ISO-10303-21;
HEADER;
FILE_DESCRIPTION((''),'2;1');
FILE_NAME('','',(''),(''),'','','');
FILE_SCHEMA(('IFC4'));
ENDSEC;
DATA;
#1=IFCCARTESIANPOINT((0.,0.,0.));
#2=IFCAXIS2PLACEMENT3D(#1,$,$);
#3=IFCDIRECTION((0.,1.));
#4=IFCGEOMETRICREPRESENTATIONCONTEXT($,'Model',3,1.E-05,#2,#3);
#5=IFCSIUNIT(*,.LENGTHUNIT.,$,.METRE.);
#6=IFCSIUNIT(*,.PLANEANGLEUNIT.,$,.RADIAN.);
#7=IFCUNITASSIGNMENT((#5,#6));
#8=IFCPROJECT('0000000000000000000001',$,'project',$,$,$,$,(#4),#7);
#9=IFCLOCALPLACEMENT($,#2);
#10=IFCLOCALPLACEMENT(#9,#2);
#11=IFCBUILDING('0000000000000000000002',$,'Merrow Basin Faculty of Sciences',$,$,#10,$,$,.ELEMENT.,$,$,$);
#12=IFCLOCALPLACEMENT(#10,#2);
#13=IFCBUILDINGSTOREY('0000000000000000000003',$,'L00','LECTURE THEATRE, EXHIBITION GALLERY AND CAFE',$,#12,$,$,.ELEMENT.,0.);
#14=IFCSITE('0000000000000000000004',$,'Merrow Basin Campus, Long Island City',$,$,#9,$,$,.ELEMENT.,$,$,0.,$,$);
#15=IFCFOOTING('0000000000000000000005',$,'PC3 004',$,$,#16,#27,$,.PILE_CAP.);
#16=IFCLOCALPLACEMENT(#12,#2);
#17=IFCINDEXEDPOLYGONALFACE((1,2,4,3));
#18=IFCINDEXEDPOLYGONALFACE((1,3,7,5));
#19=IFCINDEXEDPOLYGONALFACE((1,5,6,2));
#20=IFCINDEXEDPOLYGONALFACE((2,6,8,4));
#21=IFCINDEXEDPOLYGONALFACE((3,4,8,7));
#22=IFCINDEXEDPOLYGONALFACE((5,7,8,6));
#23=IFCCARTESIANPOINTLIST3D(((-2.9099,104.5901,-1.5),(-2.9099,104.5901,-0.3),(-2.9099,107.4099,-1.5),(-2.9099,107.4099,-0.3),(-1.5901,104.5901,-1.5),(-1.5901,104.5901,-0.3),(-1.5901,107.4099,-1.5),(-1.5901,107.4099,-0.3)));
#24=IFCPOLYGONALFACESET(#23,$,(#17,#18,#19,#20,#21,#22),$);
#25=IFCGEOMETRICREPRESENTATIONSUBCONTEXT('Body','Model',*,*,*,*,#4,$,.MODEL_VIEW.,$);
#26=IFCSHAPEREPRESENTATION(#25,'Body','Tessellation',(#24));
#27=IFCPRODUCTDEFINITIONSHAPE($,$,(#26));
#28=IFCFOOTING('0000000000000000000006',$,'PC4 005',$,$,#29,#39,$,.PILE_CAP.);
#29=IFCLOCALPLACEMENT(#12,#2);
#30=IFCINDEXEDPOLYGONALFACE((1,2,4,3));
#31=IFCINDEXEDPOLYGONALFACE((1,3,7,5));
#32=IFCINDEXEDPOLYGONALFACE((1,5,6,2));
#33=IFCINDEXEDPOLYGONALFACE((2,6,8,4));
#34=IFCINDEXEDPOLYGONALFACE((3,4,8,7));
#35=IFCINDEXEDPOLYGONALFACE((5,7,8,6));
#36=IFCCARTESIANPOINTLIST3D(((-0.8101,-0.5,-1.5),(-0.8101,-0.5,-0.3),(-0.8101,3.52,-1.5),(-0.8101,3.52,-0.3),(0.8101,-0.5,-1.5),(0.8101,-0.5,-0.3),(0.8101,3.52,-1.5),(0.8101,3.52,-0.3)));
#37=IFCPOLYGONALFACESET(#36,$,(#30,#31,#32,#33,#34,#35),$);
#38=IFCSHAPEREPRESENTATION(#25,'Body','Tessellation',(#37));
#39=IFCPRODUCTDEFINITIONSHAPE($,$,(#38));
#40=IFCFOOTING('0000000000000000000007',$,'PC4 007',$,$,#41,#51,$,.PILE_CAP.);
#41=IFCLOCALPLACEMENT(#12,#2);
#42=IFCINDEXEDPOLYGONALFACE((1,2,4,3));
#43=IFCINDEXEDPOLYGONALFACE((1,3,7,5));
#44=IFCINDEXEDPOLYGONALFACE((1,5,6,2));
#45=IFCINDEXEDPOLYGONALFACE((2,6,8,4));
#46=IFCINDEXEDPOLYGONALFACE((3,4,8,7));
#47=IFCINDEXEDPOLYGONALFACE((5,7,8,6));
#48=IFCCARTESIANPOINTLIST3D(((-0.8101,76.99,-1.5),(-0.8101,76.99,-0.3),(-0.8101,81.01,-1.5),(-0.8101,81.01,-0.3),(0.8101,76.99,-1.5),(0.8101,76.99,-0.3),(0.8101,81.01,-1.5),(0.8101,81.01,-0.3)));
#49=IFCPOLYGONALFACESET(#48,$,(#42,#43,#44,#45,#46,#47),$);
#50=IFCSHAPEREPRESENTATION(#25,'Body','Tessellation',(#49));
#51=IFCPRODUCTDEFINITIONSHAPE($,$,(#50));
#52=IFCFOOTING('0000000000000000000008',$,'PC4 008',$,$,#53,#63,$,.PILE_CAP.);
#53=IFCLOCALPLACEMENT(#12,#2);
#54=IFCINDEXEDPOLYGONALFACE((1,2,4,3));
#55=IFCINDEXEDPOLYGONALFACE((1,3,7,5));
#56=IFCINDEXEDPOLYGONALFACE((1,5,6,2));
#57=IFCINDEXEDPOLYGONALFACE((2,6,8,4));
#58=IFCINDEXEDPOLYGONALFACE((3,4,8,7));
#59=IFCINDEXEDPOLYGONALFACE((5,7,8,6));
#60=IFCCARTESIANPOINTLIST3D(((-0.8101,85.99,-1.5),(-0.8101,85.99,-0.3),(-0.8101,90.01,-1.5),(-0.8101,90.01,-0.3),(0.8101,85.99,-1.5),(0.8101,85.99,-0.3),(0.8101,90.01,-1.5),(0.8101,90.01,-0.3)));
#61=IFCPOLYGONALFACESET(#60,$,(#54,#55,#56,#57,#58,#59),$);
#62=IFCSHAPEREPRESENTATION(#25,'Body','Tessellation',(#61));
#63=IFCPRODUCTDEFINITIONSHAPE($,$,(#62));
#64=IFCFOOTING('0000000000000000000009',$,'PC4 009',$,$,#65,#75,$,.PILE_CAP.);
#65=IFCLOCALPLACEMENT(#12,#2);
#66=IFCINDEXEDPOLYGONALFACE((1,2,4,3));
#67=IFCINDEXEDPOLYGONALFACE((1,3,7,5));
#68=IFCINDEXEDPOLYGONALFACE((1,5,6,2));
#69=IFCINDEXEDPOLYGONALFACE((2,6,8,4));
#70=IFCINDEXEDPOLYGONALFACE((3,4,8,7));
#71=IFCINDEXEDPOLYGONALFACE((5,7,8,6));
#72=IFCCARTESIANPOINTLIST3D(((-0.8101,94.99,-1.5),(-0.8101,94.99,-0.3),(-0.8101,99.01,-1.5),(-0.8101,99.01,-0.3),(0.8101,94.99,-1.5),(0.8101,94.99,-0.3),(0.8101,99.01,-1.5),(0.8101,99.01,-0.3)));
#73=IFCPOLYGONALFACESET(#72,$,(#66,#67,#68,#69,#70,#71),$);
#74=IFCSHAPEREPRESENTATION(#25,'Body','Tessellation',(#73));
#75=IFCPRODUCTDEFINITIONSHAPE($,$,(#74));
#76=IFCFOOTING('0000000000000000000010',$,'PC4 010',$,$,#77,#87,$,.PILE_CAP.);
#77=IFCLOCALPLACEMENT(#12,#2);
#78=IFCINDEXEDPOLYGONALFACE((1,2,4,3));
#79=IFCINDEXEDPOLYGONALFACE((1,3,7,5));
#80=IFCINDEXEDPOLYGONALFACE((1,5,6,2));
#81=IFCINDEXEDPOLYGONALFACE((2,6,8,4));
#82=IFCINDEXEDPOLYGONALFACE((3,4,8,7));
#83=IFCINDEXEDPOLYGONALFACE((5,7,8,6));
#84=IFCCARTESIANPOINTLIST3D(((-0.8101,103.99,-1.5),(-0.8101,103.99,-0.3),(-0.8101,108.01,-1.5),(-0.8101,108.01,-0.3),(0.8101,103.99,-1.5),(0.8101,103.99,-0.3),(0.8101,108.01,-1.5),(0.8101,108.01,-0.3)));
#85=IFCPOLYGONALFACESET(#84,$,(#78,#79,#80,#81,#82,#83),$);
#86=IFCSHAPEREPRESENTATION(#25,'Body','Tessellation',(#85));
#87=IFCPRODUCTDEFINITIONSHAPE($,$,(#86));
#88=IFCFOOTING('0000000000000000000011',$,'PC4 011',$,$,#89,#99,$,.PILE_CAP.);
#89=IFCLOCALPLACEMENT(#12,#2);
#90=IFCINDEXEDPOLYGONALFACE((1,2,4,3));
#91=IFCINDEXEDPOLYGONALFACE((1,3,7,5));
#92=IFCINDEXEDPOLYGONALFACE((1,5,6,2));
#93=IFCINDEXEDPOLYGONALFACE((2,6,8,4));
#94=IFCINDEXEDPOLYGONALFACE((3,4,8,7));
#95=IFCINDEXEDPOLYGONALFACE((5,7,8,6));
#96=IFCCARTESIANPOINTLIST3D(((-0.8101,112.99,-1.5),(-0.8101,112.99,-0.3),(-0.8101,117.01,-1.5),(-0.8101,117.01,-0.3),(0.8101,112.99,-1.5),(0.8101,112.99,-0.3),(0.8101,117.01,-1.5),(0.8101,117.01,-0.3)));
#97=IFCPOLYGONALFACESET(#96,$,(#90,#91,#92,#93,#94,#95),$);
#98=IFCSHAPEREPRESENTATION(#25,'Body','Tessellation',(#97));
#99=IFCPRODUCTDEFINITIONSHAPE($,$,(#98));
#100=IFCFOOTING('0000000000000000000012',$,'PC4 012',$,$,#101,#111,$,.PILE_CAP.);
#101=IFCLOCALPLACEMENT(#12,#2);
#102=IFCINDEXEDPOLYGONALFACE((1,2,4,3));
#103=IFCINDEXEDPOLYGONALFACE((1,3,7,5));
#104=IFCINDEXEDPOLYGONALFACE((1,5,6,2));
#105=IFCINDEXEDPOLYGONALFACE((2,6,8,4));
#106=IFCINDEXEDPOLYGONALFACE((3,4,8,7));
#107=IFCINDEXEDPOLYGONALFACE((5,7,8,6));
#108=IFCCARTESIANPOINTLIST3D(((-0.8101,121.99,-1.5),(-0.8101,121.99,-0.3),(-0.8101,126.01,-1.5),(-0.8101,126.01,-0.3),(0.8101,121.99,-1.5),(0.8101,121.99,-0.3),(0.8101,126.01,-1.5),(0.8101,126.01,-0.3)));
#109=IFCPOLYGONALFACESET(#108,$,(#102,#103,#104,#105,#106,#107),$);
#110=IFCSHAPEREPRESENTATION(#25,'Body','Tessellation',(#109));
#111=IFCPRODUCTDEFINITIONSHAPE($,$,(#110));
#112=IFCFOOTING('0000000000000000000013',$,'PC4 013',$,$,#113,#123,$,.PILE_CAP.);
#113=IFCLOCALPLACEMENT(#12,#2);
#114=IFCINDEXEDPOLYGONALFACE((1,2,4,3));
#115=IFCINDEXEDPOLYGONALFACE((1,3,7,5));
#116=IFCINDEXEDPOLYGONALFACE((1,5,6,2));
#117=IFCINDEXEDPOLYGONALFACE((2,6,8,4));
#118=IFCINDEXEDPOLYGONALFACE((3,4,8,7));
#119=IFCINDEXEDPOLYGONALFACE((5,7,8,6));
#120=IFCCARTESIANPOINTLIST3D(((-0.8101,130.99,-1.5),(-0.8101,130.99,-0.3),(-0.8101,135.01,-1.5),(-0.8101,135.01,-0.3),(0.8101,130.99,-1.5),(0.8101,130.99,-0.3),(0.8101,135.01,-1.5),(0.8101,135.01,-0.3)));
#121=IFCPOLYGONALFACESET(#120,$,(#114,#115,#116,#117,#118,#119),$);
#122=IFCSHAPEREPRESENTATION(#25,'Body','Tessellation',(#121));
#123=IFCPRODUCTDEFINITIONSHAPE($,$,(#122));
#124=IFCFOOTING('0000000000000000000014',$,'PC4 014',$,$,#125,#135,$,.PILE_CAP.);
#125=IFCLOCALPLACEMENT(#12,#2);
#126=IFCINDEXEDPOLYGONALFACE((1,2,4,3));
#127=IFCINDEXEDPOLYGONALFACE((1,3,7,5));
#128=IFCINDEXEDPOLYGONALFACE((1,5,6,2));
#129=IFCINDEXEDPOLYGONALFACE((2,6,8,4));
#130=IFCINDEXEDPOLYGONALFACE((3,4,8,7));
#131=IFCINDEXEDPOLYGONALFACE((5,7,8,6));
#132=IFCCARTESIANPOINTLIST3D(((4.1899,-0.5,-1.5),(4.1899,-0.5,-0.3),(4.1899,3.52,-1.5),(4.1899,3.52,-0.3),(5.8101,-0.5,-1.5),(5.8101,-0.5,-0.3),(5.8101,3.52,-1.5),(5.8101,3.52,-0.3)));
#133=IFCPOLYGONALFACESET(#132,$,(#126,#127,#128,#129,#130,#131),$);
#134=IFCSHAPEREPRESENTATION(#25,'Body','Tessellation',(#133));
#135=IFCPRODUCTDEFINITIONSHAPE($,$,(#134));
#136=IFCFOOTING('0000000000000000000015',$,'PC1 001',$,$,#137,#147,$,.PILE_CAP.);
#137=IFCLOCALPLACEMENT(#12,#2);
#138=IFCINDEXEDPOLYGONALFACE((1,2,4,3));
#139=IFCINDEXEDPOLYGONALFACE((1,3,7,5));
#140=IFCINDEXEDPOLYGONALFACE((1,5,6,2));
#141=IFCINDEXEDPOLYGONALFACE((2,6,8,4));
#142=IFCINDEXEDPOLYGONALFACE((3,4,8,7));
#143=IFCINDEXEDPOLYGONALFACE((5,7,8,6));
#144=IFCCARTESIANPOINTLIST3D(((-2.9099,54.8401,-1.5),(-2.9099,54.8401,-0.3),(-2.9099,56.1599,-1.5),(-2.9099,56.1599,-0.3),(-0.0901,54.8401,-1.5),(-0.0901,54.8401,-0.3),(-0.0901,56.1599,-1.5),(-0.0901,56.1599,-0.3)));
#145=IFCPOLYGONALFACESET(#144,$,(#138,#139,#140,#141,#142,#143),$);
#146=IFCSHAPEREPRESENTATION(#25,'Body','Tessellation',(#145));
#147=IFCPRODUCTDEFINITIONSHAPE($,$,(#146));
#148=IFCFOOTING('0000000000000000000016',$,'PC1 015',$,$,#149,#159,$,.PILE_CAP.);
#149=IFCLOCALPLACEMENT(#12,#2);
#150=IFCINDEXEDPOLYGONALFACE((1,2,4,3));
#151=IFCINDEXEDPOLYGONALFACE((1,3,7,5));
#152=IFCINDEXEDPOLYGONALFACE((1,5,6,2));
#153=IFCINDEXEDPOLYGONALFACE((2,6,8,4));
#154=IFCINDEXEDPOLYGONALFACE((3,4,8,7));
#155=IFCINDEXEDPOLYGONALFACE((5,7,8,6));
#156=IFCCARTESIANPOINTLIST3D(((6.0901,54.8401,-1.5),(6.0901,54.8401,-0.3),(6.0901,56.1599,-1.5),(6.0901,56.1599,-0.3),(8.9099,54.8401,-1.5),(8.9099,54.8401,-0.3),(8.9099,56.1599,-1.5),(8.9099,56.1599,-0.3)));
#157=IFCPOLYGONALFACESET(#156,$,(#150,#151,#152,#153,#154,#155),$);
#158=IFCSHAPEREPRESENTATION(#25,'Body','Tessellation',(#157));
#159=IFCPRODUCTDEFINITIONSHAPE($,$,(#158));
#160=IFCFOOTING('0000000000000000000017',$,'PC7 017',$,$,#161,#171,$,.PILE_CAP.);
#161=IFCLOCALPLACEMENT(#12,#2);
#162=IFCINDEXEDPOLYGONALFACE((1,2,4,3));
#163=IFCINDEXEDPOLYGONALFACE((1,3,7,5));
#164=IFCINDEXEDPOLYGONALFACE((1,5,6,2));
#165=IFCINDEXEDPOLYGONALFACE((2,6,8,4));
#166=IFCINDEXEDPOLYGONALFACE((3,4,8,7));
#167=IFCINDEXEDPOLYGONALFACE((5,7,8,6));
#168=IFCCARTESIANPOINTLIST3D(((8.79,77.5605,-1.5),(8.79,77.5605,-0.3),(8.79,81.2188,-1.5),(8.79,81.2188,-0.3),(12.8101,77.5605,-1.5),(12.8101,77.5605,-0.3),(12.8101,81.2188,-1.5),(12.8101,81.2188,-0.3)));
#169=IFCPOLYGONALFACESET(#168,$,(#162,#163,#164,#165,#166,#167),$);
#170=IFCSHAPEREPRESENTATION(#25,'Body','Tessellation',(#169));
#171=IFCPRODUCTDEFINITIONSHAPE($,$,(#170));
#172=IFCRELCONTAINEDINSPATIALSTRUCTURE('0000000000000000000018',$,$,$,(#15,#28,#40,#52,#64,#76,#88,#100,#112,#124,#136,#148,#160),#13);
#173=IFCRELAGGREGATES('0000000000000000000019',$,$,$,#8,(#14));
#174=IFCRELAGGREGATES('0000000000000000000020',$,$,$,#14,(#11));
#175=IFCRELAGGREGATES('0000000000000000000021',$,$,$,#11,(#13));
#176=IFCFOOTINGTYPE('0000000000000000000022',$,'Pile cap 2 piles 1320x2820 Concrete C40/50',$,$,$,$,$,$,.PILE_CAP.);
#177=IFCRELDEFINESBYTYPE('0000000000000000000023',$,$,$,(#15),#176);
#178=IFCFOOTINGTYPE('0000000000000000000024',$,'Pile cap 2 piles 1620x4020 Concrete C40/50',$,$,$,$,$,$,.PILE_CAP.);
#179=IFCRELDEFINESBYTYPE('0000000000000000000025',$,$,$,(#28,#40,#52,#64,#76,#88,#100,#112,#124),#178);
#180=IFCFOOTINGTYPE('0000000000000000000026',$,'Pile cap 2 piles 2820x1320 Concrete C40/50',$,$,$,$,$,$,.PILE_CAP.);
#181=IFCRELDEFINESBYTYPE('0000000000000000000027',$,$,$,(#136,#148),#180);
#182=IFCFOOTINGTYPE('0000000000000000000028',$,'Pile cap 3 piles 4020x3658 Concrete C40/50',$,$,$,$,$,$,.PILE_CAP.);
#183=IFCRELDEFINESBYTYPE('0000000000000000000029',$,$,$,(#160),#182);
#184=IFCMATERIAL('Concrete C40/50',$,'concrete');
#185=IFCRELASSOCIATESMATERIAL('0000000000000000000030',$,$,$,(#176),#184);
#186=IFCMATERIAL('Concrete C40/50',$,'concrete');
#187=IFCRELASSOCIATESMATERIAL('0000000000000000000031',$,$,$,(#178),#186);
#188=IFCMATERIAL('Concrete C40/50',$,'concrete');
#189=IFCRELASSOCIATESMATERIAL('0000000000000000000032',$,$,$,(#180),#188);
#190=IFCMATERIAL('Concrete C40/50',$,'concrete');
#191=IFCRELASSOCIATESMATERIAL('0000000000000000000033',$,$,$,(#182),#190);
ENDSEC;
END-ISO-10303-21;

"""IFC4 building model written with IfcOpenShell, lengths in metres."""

from ifc_helpers import new_model, si_unit, direction, frame, origin, place, context, subcontext, project, spatial, polyline, outline, extrude, material, type_object, element, save


model = new_model("IFC4")

# Units and contexts
model_context = context("Model", 3, precision=1e-05, world=origin(), true_north=direction((0.0, 1.0)))
body_context = subcontext(model_context, "Body", "Model", "MODEL_VIEW")
ifc_project = project(units=[si_unit("LENGTHUNIT", "METRE"), si_unit("PLANEANGLEUNIT", "RADIAN")], contexts=[model_context])

# Site, building, storey
site_placement = place(None, origin())
site = spatial("IfcSite", under=ifc_project, at=site_placement, Name="Merrow Basin Campus, Long Island City", CompositionType="ELEMENT", RefElevation=0.0)
building_placement = place(site_placement, origin())
building = spatial("IfcBuilding", under=site, at=building_placement, Name="Merrow Basin Faculty of Sciences", CompositionType="ELEMENT")
storey_placement = place(building_placement, origin())
storey = spatial("IfcBuildingStorey", under=building, at=storey_placement, Name="L00", Description="LECTURE THEATRE, EXHIBITION GALLERY AND CAFE", CompositionType="ELEMENT", Elevation=0.0)

# Footings
ifc_material_1 = material(Name="Concrete C40/50", Category="concrete")
footing_type_1 = type_object("IfcFootingType", Name="Pile cap 2 piles 1320x2820 Concrete C40/50", PredefinedType="PILE_CAP", material=ifc_material_1)
footing_1_placement = place(storey_placement, frame((0.0, 0.0, -1.5)))
element("IfcFooting", 1, at=footing_1_placement, inside=storey, type_object=footing_type_1, Name="PC3 004", PredefinedType="PILE_CAP", context=body_context, shape_type="SweptSolid", body=[
    extrude(outline(polyline([(-2.9099, 107.4099), (-1.5901, 107.4099), (-1.5901, 104.5901), (-2.9099, 104.5901), (-2.9099, 107.4099)])), origin(), (0.0, 0.0, 1.0), 1.2),
])
ifc_material_2 = material(Name="Concrete C40/50", Category="concrete")
footing_type_2 = type_object("IfcFootingType", Name="Pile cap 2 piles 1620x4020 Concrete C40/50", PredefinedType="PILE_CAP", material=ifc_material_2)
footing_2_placement = place(storey_placement, frame((0.0, 0.0, -1.5)))
element("IfcFooting", 2, at=footing_2_placement, inside=storey, type_object=footing_type_2, Name="PC4 005", PredefinedType="PILE_CAP", context=body_context, shape_type="SweptSolid", body=[
    extrude(outline(polyline([(0.8101, 3.52), (0.8101, -0.5), (-0.8101, -0.5), (-0.8101, 3.52), (0.8101, 3.52)])), origin(), (0.0, 0.0, 1.0), 1.2),
])
footing_3_placement = place(storey_placement, frame((0.0, 0.0, -1.5)))
element("IfcFooting", 3, at=footing_3_placement, inside=storey, type_object=footing_type_2, Name="PC4 007", PredefinedType="PILE_CAP", context=body_context, shape_type="SweptSolid", body=[
    extrude(outline(polyline([(-0.8101, 81.01), (0.8101, 81.01), (0.8101, 76.99), (-0.8101, 76.99), (-0.8101, 81.01)])), origin(), (0.0, 0.0, 1.0), 1.2),
])
footing_4_placement = place(storey_placement, frame((0.0, 0.0, -1.5)))
element("IfcFooting", 4, at=footing_4_placement, inside=storey, type_object=footing_type_2, Name="PC4 008", PredefinedType="PILE_CAP", context=body_context, shape_type="SweptSolid", body=[
    extrude(outline(polyline([(-0.8101, 85.99), (-0.8101, 90.01), (0.8101, 90.01), (0.8101, 85.99), (-0.8101, 85.99)])), origin(), (0.0, 0.0, 1.0), 1.2),
])
footing_5_placement = place(storey_placement, frame((0.0, 0.0, -1.5)))
element("IfcFooting", 5, at=footing_5_placement, inside=storey, type_object=footing_type_2, Name="PC4 009", PredefinedType="PILE_CAP", context=body_context, shape_type="SweptSolid", body=[
    extrude(outline(polyline([(-0.8101, 99.01), (0.8101, 99.01), (0.8101, 94.99), (-0.8101, 94.99), (-0.8101, 99.01)])), origin(), (0.0, 0.0, 1.0), 1.2),
])
footing_6_placement = place(storey_placement, frame((0.0, 0.0, -1.5)))
element("IfcFooting", 6, at=footing_6_placement, inside=storey, type_object=footing_type_2, Name="PC4 010", PredefinedType="PILE_CAP", context=body_context, shape_type="SweptSolid", body=[
    extrude(outline(polyline([(-0.8101, 108.01), (0.8101, 108.01), (0.8101, 103.99), (-0.8101, 103.99), (-0.8101, 108.01)])), origin(), (0.0, 0.0, 1.0), 1.2),
])
footing_7_placement = place(storey_placement, frame((0.0, 0.0, -1.5)))
element("IfcFooting", 7, at=footing_7_placement, inside=storey, type_object=footing_type_2, Name="PC4 011", PredefinedType="PILE_CAP", context=body_context, shape_type="SweptSolid", body=[
    extrude(outline(polyline([(-0.8101, 112.99), (-0.8101, 117.01), (0.8101, 117.01), (0.8101, 112.99), (-0.8101, 112.99)])), origin(), (0.0, 0.0, 1.0), 1.2),
])
footing_8_placement = place(storey_placement, frame((0.0, 0.0, -1.5)))
element("IfcFooting", 8, at=footing_8_placement, inside=storey, type_object=footing_type_2, Name="PC4 012", PredefinedType="PILE_CAP", context=body_context, shape_type="SweptSolid", body=[
    extrude(outline(polyline([(-0.8101, 126.01), (0.8101, 126.01), (0.8101, 121.99), (-0.8101, 121.99), (-0.8101, 126.01)])), origin(), (0.0, 0.0, 1.0), 1.2),
])
footing_9_placement = place(storey_placement, frame((0.0, 0.0, -1.5)))
element("IfcFooting", 9, at=footing_9_placement, inside=storey, type_object=footing_type_2, Name="PC4 013", PredefinedType="PILE_CAP", context=body_context, shape_type="SweptSolid", body=[
    extrude(outline(polyline([(-0.8101, 135.01), (0.8101, 135.01), (0.8101, 130.99), (-0.8101, 130.99), (-0.8101, 135.01)])), origin(), (0.0, 0.0, 1.0), 1.2),
])
footing_10_placement = place(storey_placement, frame((0.0, 0.0, -1.5)))
element("IfcFooting", 10, at=footing_10_placement, inside=storey, type_object=footing_type_2, Name="PC4 014", PredefinedType="PILE_CAP", context=body_context, shape_type="SweptSolid", body=[
    extrude(outline(polyline([(5.8101, 3.52), (5.8101, -0.5), (4.1899, -0.5), (4.1899, 3.52), (5.8101, 3.52)])), origin(), (0.0, 0.0, 1.0), 1.2),
])
ifc_material_3 = material(Name="Concrete C40/50", Category="concrete")
footing_type_3 = type_object("IfcFootingType", Name="Pile cap 2 piles 2820x1320 Concrete C40/50", PredefinedType="PILE_CAP", material=ifc_material_3)
footing_11_placement = place(storey_placement, frame((0.0, 0.0, -1.5)))
element("IfcFooting", 11, at=footing_11_placement, inside=storey, type_object=footing_type_3, Name="PC1 001", PredefinedType="PILE_CAP", context=body_context, shape_type="SweptSolid", body=[
    extrude(outline(polyline([(-2.9099, 56.1599), (-0.0901, 56.1599), (-0.0901, 54.8401), (-2.9099, 54.8401), (-2.9099, 56.1599)])), origin(), (0.0, 0.0, 1.0), 1.2),
])
footing_12_placement = place(storey_placement, frame((0.0, 0.0, -1.5)))
element("IfcFooting", 12, at=footing_12_placement, inside=storey, type_object=footing_type_3, Name="PC1 015", PredefinedType="PILE_CAP", context=body_context, shape_type="SweptSolid", body=[
    extrude(outline(polyline([(6.0901, 56.1599), (8.9099, 56.1599), (8.9099, 54.8401), (6.0901, 54.8401), (6.0901, 56.1599)])), origin(), (0.0, 0.0, 1.0), 1.2),
])
ifc_material_4 = material(Name="Concrete C40/50", Category="concrete")
footing_type_4 = type_object("IfcFootingType", Name="Pile cap 3 piles 4020x3658 Concrete C40/50", PredefinedType="PILE_CAP", material=ifc_material_4)
footing_13_placement = place(storey_placement, frame((0.0, 0.0, -1.5)))
element("IfcFooting", 13, at=footing_13_placement, inside=storey, type_object=footing_type_4, Name="PC7 017", PredefinedType="PILE_CAP", context=body_context, shape_type="SweptSolid", body=[
    extrude(outline(polyline([(8.79, 81.2188), (12.8101, 81.2188), (12.8101, 77.5605), (8.79, 77.5605), (8.79, 81.2188)])), origin(), (0.0, 0.0, 1.0), 1.2),
])

save(model, "model.ifc")
